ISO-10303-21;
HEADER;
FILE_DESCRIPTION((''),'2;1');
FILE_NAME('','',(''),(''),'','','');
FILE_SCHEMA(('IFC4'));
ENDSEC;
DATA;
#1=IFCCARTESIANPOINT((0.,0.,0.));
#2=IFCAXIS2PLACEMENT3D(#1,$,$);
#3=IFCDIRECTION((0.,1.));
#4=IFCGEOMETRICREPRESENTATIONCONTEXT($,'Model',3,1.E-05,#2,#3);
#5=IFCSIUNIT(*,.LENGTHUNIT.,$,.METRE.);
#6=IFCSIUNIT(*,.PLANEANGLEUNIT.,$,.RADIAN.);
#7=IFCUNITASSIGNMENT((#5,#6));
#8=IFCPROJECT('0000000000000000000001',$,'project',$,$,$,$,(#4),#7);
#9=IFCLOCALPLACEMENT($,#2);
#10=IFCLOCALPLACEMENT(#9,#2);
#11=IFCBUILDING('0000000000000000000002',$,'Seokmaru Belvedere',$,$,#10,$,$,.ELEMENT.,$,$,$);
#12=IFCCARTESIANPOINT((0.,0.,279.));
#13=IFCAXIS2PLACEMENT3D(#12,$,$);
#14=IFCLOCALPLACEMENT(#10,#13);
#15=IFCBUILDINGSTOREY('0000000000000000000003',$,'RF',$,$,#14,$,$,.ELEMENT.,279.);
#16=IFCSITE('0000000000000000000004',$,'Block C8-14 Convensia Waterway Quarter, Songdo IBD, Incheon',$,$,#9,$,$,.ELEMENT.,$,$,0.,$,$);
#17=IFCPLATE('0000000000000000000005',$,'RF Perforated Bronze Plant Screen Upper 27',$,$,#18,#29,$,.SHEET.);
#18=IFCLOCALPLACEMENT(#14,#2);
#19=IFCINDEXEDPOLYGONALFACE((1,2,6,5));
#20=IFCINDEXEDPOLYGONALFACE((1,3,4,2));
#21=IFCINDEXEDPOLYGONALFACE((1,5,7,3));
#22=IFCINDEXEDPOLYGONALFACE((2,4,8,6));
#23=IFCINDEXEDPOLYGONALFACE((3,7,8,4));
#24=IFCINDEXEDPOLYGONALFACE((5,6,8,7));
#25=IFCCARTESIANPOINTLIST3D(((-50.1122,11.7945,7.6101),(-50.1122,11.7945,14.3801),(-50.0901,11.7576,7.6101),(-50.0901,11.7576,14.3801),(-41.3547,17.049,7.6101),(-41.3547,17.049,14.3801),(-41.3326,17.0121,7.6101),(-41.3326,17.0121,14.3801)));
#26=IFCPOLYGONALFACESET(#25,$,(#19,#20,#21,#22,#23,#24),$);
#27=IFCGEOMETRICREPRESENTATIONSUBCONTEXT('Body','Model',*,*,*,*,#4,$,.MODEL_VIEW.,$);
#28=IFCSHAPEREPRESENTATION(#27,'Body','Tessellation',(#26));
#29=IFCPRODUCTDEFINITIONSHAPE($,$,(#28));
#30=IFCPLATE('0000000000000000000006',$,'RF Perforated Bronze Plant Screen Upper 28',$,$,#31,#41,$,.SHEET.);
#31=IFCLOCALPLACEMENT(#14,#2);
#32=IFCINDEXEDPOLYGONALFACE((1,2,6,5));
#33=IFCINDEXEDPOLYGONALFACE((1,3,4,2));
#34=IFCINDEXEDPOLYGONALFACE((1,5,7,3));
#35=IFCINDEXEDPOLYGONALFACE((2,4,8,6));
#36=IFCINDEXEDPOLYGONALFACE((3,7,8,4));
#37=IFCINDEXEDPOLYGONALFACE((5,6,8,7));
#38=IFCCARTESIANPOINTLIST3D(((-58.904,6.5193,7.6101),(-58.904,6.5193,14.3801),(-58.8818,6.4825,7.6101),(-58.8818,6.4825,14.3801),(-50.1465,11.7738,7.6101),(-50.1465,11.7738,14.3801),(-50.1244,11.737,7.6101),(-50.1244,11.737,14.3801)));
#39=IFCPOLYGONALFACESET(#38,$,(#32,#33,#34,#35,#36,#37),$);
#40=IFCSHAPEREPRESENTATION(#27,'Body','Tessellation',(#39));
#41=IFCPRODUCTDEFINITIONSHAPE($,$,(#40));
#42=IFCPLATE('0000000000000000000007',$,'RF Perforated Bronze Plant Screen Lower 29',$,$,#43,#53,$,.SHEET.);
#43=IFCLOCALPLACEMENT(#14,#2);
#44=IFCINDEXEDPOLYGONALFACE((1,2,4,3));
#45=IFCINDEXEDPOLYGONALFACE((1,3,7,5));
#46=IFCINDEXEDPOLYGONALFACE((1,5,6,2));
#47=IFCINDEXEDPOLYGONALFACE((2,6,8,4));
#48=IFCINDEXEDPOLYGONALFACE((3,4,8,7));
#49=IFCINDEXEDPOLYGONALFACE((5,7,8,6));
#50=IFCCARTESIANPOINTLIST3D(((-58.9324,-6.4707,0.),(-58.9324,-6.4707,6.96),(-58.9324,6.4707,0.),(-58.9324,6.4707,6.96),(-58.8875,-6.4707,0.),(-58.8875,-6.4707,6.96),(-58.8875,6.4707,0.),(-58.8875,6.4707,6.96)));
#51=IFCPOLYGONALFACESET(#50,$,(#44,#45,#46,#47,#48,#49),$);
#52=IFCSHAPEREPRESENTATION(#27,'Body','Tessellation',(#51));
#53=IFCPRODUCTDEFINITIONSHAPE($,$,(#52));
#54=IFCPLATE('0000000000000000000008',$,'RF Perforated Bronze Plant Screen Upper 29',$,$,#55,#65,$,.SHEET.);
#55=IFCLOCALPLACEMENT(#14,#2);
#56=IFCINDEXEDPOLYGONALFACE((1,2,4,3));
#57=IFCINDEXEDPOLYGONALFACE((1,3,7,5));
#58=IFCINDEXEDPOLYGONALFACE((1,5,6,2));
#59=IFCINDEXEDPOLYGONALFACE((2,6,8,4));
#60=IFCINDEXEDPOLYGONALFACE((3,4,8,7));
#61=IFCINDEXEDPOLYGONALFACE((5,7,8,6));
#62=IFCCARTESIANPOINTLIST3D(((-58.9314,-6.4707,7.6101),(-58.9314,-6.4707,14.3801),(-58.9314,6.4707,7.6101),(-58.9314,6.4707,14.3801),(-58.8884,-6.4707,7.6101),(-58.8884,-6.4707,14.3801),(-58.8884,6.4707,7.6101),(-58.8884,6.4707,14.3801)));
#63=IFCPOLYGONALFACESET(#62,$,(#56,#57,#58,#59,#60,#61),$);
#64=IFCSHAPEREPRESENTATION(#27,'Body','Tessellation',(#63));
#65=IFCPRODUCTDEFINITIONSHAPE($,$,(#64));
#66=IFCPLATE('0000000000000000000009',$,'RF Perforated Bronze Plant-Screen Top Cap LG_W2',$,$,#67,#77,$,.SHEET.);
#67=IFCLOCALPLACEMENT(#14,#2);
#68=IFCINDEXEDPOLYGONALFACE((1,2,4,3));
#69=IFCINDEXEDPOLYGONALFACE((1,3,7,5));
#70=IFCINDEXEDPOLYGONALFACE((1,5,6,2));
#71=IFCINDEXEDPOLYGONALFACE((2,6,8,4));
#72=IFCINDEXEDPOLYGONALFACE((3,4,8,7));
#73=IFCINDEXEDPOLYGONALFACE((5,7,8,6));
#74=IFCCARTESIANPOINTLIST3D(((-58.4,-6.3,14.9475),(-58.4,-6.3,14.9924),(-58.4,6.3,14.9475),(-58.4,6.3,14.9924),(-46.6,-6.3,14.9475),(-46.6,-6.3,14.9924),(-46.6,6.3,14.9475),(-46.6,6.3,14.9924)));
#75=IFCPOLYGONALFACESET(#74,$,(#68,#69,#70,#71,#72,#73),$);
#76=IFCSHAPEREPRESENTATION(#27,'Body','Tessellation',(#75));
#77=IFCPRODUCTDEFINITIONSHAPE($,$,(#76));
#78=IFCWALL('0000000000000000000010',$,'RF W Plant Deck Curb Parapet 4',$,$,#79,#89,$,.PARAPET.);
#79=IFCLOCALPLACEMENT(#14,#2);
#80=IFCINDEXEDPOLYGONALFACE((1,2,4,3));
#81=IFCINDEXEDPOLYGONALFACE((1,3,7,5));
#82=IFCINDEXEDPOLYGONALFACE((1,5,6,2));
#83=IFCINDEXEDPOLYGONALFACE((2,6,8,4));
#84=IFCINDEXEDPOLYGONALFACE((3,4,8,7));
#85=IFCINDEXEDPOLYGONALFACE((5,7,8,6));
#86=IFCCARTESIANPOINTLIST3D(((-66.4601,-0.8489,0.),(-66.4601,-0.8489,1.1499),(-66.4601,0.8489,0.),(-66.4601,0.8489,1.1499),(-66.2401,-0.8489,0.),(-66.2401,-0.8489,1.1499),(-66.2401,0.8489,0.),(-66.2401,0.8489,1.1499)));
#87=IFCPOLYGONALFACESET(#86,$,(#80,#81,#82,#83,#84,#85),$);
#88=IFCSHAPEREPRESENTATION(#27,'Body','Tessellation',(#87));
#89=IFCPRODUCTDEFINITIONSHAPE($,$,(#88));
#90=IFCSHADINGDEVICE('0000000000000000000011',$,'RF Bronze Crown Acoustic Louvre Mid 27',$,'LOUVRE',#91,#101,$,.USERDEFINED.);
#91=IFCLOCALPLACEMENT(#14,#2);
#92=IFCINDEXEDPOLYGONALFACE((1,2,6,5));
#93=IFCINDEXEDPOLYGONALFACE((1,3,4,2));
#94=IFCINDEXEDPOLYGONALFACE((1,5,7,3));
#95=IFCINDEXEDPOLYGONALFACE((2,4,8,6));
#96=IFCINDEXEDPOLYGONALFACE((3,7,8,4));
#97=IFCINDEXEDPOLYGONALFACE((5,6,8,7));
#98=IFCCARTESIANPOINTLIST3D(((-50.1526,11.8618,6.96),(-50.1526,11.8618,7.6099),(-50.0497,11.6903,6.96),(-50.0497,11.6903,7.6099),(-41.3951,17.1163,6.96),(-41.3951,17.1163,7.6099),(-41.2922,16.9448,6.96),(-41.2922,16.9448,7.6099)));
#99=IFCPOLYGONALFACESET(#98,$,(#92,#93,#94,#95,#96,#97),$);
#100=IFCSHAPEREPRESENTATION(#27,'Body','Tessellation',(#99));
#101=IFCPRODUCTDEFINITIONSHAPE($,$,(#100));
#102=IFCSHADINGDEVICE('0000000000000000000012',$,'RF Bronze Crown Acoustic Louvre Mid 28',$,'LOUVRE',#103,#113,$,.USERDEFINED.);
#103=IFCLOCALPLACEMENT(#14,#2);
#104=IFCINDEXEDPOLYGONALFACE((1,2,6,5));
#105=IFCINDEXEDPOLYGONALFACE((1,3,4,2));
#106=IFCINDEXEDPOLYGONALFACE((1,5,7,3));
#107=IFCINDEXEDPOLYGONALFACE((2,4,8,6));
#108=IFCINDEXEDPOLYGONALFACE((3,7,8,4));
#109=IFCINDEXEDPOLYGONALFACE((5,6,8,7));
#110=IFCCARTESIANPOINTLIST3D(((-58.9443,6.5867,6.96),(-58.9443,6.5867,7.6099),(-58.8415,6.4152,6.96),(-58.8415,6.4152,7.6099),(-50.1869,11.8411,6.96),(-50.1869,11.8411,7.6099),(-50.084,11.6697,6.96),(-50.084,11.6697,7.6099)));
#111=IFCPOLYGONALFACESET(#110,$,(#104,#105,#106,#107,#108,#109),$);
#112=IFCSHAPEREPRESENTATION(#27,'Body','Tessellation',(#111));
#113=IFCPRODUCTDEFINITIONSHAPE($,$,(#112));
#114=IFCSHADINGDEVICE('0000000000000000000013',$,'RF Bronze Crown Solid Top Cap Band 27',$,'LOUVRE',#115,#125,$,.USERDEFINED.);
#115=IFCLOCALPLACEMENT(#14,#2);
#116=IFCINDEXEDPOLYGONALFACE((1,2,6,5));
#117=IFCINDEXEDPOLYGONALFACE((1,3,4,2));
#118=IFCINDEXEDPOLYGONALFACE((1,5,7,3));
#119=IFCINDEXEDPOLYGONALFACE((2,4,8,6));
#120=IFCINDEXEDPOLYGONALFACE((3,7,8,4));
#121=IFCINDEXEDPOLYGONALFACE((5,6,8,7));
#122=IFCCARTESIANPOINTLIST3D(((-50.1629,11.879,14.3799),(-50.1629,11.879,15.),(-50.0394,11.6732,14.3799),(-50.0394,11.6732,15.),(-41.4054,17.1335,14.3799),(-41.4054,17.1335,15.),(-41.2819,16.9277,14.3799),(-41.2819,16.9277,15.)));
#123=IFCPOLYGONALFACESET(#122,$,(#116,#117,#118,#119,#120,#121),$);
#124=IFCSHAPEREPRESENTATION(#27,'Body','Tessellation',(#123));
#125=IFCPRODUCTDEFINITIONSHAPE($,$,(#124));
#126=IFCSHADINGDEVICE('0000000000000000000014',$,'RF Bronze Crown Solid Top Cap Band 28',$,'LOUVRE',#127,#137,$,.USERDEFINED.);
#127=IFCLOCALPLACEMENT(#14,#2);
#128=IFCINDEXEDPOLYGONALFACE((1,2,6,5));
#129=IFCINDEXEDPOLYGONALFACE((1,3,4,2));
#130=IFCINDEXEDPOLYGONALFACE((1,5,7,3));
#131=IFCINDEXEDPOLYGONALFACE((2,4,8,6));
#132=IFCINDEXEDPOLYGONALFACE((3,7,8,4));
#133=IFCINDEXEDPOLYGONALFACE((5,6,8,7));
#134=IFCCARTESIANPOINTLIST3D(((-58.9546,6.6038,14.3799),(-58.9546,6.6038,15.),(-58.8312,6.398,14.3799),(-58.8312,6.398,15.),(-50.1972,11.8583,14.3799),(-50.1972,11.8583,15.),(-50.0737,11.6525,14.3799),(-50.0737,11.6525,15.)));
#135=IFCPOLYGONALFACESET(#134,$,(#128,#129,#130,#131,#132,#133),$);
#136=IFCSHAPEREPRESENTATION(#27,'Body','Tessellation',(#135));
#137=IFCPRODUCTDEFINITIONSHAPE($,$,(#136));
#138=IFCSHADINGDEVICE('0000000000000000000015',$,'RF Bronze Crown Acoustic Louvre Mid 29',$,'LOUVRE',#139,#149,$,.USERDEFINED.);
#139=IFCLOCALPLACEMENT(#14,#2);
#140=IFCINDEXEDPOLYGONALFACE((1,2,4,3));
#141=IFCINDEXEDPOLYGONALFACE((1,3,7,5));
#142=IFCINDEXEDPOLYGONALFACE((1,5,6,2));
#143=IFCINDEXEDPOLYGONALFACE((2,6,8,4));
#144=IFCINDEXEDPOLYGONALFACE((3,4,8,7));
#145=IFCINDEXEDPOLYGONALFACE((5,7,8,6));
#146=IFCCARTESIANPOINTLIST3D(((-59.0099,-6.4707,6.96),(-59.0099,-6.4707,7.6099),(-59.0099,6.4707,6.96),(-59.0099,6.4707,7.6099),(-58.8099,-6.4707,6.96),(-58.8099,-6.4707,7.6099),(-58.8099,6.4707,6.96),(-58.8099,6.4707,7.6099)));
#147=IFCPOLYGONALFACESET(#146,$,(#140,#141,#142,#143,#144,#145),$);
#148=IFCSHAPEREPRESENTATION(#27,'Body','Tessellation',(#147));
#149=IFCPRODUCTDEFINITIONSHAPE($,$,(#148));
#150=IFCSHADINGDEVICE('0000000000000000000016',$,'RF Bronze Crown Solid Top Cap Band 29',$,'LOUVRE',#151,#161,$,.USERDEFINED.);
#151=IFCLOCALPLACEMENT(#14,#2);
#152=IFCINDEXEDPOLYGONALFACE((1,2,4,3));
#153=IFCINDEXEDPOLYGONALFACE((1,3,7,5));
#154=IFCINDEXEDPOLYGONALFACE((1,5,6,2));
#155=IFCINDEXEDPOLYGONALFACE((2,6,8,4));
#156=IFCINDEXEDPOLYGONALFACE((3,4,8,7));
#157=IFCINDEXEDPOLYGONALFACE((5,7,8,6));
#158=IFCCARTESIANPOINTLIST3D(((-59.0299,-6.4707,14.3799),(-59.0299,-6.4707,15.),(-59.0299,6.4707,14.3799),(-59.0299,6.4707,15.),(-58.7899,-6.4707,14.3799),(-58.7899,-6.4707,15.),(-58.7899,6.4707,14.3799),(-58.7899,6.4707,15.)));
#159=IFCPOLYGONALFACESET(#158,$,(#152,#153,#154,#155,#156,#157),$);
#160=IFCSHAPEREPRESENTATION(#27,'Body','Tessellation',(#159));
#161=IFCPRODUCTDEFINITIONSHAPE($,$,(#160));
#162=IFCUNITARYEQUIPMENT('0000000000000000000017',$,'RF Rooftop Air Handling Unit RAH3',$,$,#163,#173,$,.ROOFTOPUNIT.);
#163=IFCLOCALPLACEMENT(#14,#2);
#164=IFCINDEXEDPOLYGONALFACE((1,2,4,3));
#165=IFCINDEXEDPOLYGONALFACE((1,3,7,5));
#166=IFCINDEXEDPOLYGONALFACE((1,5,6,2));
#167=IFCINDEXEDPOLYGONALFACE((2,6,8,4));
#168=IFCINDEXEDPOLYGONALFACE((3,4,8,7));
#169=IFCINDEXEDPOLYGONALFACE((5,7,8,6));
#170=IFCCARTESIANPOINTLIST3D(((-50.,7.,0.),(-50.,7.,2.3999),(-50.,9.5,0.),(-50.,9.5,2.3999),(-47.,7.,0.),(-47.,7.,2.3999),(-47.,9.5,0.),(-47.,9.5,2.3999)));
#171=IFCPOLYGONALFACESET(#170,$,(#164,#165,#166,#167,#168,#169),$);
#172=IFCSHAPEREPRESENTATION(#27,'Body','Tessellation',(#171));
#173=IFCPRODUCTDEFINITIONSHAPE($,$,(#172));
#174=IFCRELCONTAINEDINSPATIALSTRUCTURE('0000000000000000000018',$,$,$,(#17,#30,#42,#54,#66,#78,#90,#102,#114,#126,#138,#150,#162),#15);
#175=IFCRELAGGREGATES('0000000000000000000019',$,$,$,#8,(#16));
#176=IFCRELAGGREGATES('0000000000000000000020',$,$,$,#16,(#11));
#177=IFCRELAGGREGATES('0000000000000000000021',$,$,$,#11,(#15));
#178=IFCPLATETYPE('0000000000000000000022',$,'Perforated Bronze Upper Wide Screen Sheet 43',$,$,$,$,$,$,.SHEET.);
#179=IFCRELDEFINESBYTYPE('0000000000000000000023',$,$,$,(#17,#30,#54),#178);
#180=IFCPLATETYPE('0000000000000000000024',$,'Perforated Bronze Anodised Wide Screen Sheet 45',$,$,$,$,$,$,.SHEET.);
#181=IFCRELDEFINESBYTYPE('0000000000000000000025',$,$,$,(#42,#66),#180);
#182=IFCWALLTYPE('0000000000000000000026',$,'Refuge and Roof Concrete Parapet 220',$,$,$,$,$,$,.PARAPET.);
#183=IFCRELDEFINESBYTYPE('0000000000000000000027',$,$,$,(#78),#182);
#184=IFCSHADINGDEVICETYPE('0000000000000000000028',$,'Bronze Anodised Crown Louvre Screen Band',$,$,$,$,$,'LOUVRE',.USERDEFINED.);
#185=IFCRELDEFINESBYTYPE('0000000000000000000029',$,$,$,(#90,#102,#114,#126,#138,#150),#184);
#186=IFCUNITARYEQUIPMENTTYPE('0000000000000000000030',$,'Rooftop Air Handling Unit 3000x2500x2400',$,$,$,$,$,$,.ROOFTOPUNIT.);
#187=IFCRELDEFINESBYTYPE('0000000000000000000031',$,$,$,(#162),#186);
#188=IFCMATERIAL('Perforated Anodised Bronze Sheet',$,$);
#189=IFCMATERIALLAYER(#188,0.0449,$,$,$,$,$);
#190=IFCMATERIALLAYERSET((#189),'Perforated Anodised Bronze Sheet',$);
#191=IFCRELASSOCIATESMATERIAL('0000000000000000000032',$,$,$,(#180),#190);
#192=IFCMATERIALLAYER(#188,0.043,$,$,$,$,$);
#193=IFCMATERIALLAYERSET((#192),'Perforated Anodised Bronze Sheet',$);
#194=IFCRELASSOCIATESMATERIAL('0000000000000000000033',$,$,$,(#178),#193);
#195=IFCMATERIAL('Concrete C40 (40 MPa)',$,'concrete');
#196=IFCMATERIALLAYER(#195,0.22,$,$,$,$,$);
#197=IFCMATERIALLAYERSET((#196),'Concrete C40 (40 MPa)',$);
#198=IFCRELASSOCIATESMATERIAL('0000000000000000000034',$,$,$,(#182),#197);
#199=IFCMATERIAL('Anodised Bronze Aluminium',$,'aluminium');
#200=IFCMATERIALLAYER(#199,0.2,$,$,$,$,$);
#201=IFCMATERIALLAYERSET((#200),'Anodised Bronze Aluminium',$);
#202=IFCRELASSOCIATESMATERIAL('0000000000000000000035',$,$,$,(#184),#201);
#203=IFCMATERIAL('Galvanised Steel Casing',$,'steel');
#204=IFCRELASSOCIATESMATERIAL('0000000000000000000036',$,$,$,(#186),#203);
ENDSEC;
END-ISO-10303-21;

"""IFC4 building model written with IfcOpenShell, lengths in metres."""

from ifc_helpers import new_model, si_unit, direction, frame, frame_2d, origin, origin_2d, place, context, subcontext, project, spatial, rectangle, extrude, source, transform, mapped, material, layer, layer_set, type_object, type_shapes, element, save


model = new_model("IFC4")

# Units and contexts
model_context = context("Model", 3, precision=1e-05, world=origin(), true_north=direction((0.0, 1.0)))
body_context = subcontext(model_context, "Body", "Model", "MODEL_VIEW")
ifc_project = project(units=[si_unit("LENGTHUNIT", "METRE"), si_unit("PLANEANGLEUNIT", "RADIAN")], contexts=[model_context])

# Site, building, storey
site_placement = place(None, origin())
site = spatial("IfcSite", under=ifc_project, at=site_placement, Name="Block C8-14 Convensia Waterway Quarter, Songdo IBD, Incheon", CompositionType="ELEMENT", RefElevation=0.0)
building_placement = place(site_placement, origin())
building = spatial("IfcBuilding", under=site, at=building_placement, Name="Seokmaru Belvedere", CompositionType="ELEMENT")
storey_placement = place(building_placement, frame((0.0, 0.0, 279.0)))
storey = spatial("IfcBuildingStorey", under=building, at=storey_placement, Name="RF", CompositionType="ELEMENT", Elevation=279.0)

# Plates
ifc_material_1 = material(Name="Perforated Anodised Bronze Sheet")
ifc_layer_1 = layer(ifc_material_1, 0.0449)
ifc_layer_set_1 = layer_set([ifc_layer_1], Name="Perforated Anodised Bronze Sheet")
plate_type_1 = type_object("IfcPlateType", Name="Perforated Bronze Anodised Wide Screen Sheet 45", PredefinedType="SHEET", material=ifc_layer_set_1)
ifc_layer_2 = layer(ifc_material_1, 0.043)
ifc_layer_set_2 = layer_set([ifc_layer_2], Name="Perforated Anodised Bronze Sheet")
plate_type_2 = type_object("IfcPlateType", Name="Perforated Bronze Upper Wide Screen Sheet 43", PredefinedType="SHEET", material=ifc_layer_set_2)
shared_shape_1 = source(origin(), body_context, "Body", "SweptSolid", [
    extrude(rectangle(XDim=10.2129, YDim=0.043, at=origin_2d()), origin(), (0.0, 0.0, 1.0), 6.77),
])
for number, where, z_axis, x_axis, name in (
    (1, (-45.7224, 14.4033, 7.6101), (0.0, 0.0, 1.0), (-0.857493, -0.514496, 0.0), "RF Perforated Bronze Plant Screen Upper 27"),
    (2, (-54.5142, 9.1282, 7.6101), (0.0, 0.0, 1.0), (-0.857493, -0.514496, 0.0), "RF Perforated Bronze Plant Screen Upper 28"),
):
    element("IfcPlate", number, at=place(storey_placement, frame(where, z_axis=z_axis, x_axis=x_axis)), inside=storey, type_object=plate_type_2, Name=name, PredefinedType="SHEET", context=body_context, shape_type="MappedRepresentation", body=[
        mapped(shared_shape_1, transform((0.0, 0.0, 0.0), scale=1.0)),
    ])
shared_shape_2 = source(origin(), body_context, "Body", "SweptSolid", [
    extrude(rectangle(XDim=12.9414, YDim=0.0449, at=origin_2d()), origin(), (0.0, 0.0, 1.0), 6.96),
])
plate_1_placement = place(storey_placement, frame((-58.9099, 0.0, 0.0), z_axis=(0.0, 0.0, 1.0), x_axis=(0.0, -1.0, 0.0)))
element("IfcPlate", 3, at=plate_1_placement, inside=storey, type_object=plate_type_1, Name="RF Perforated Bronze Plant Screen Lower 29", PredefinedType="SHEET", context=body_context, shape_type="MappedRepresentation", body=[
    mapped(shared_shape_2, transform((0.0, 0.0, 0.0), scale=1.0)),
])
shared_shape_3 = source(origin(), body_context, "Body", "SweptSolid", [
    extrude(rectangle(XDim=12.9414, YDim=0.043, at=origin_2d()), origin(), (0.0, 0.0, 1.0), 6.77),
])
type_shapes(plate_type_2, [shared_shape_1, shared_shape_3])
plate_2_placement = place(storey_placement, frame((-58.9099, 0.0, 7.6101), z_axis=(0.0, 0.0, 1.0), x_axis=(0.0, -1.0, 0.0)))
element("IfcPlate", 4, at=plate_2_placement, inside=storey, type_object=plate_type_2, Name="RF Perforated Bronze Plant Screen Upper 29", PredefinedType="SHEET", context=body_context, shape_type="MappedRepresentation", body=[
    mapped(shared_shape_3, transform((0.0, 0.0, 0.0), scale=1.0)),
])
shared_shape_4 = source(origin(), body_context, "Body", "SweptSolid", [
    extrude(rectangle(XDim=11.8, YDim=12.6001, at=origin_2d()), origin(), (0.0, 0.0, 1.0), 0.0449),
])
plate_3_placement = place(storey_placement, frame((-52.5, 0.0, 14.9475), z_axis=(0.0, 0.0, 1.0), x_axis=(1.0, 0.0, 0.0)))
element("IfcPlate", 5, at=plate_3_placement, inside=storey, type_object=plate_type_1, Name="RF Perforated Bronze Plant-Screen Top Cap LG_W2", PredefinedType="SHEET", context=body_context, shape_type="MappedRepresentation", body=[
    mapped(shared_shape_4, transform((0.0, 0.0, 0.0), scale=1.0)),
])

# Wall
ifc_material_2 = material(Name="Concrete C40 (40 MPa)", Category="concrete")
ifc_layer_3 = layer(ifc_material_2, 0.22)
ifc_layer_set_3 = layer_set([ifc_layer_3], Name="Concrete C40 (40 MPa)")
wall_type = type_object("IfcWallType", Name="Refuge and Roof Concrete Parapet 220", PredefinedType="PARAPET", material=ifc_layer_set_3)
wall_placement = place(storey_placement, frame((-66.3501, 0.8489, 0.0), z_axis=(0.0, 0.0, 1.0), x_axis=(0.0, -1.0, 0.0)))
element("IfcWall", 6, at=wall_placement, inside=storey, type_object=wall_type, Name="RF W Plant Deck Curb Parapet 4", PredefinedType="PARAPET", context=body_context, shape_type="SweptSolid", body=[
    extrude(rectangle(XDim=1.6978, YDim=0.22, at=frame_2d((0.8489, 0.0))), origin(), (0.0, 0.0, 1.0), 1.1499),
])

# Shading devices
ifc_material_3 = material(Name="Anodised Bronze Aluminium", Category="aluminium")
ifc_layer_4 = layer(ifc_material_3, 0.2)
ifc_layer_set_4 = layer_set([ifc_layer_4], Name="Anodised Bronze Aluminium")
shading_device_type = type_object("IfcShadingDeviceType", Name="Bronze Anodised Crown Louvre Screen Band", ElementType="LOUVRE", PredefinedType="USERDEFINED", material=ifc_layer_set_4)
shared_shape_5 = source(origin(), body_context, "Body", "SweptSolid", [
    extrude(rectangle(XDim=10.2129, YDim=0.2, at=origin_2d()), origin(), (0.0, 0.0, 1.0), 0.6499),
])
for number, where, z_axis, x_axis, name in (
    (7, (-45.7224, 14.4033, 6.96), (0.0, 0.0, 1.0), (-0.857493, -0.514496, 0.0), "RF Bronze Crown Acoustic Louvre Mid 27"),
    (8, (-54.5142, 9.1282, 6.96), (0.0, 0.0, 1.0), (-0.857493, -0.514496, 0.0), "RF Bronze Crown Acoustic Louvre Mid 28"),
):
    element("IfcShadingDevice", number, at=place(storey_placement, frame(where, z_axis=z_axis, x_axis=x_axis)), inside=storey, type_object=shading_device_type, Name=name, ObjectType="LOUVRE", PredefinedType="USERDEFINED", context=body_context, shape_type="MappedRepresentation", body=[
        mapped(shared_shape_5, transform((0.0, 0.0, 0.0), scale=1.0)),
    ])
shared_shape_6 = source(origin(), body_context, "Body", "SweptSolid", [
    extrude(rectangle(XDim=10.2129, YDim=0.24, at=origin_2d()), origin(), (0.0, 0.0, 1.0), 0.6201),
])
for number, where, z_axis, x_axis, name in (
    (9, (-45.7224, 14.4033, 14.3799), (0.0, 0.0, 1.0), (-0.857493, -0.514496, 0.0), "RF Bronze Crown Solid Top Cap Band 27"),
    (10, (-54.5142, 9.1282, 14.3799), (0.0, 0.0, 1.0), (-0.857493, -0.514496, 0.0), "RF Bronze Crown Solid Top Cap Band 28"),
):
    element("IfcShadingDevice", number, at=place(storey_placement, frame(where, z_axis=z_axis, x_axis=x_axis)), inside=storey, type_object=shading_device_type, Name=name, ObjectType="LOUVRE", PredefinedType="USERDEFINED", context=body_context, shape_type="MappedRepresentation", body=[
        mapped(shared_shape_6, transform((0.0, 0.0, 0.0), scale=1.0)),
    ])
shared_shape_7 = source(origin(), body_context, "Body", "SweptSolid", [
    extrude(rectangle(XDim=12.9414, YDim=0.2, at=origin_2d()), origin(), (0.0, 0.0, 1.0), 0.6499),
])
shading_device_1_placement = place(storey_placement, frame((-58.9099, 0.0, 6.96), z_axis=(0.0, 0.0, 1.0), x_axis=(0.0, -1.0, 0.0)))
element("IfcShadingDevice", 11, at=shading_device_1_placement, inside=storey, type_object=shading_device_type, Name="RF Bronze Crown Acoustic Louvre Mid 29", ObjectType="LOUVRE", PredefinedType="USERDEFINED", context=body_context, shape_type="MappedRepresentation", body=[
    mapped(shared_shape_7, transform((0.0, 0.0, 0.0), scale=1.0)),
])
shared_shape_8 = source(origin(), body_context, "Body", "SweptSolid", [
    extrude(rectangle(XDim=12.9414, YDim=0.24, at=origin_2d()), origin(), (0.0, 0.0, 1.0), 0.6201),
])
type_shapes(shading_device_type, [shared_shape_5, shared_shape_6, shared_shape_7, shared_shape_8])
shading_device_2_placement = place(storey_placement, frame((-58.9099, 0.0, 14.3799), z_axis=(0.0, 0.0, 1.0), x_axis=(0.0, -1.0, 0.0)))
element("IfcShadingDevice", 12, at=shading_device_2_placement, inside=storey, type_object=shading_device_type, Name="RF Bronze Crown Solid Top Cap Band 29", ObjectType="LOUVRE", PredefinedType="USERDEFINED", context=body_context, shape_type="MappedRepresentation", body=[
    mapped(shared_shape_8, transform((0.0, 0.0, 0.0), scale=1.0)),
])

# Unitary equipment
ifc_material_4 = material(Name="Galvanised Steel Casing", Category="steel")
unitary_equipment_type = type_object("IfcUnitaryEquipmentType", Name="Rooftop Air Handling Unit 3000x2500x2400", PredefinedType="ROOFTOPUNIT", material=ifc_material_4)
shared_shape_9 = source(origin(), body_context, "Body", "SweptSolid", [
    extrude(rectangle(XDim=3.0, YDim=2.5, at=origin_2d()), origin(), (0.0, 0.0, 1.0), 2.3999),
])
type_shapes(unitary_equipment_type, [shared_shape_9])
unitary_equipment_placement = place(storey_placement, frame((-48.5, 8.25, 0.0), z_axis=(0.0, 0.0, 1.0), x_axis=(1.0, 0.0, 0.0)))
element("IfcUnitaryEquipment", 13, at=unitary_equipment_placement, inside=storey, type_object=unitary_equipment_type, Name="RF Rooftop Air Handling Unit RAH3", PredefinedType="ROOFTOPUNIT", context=body_context, shape_type="MappedRepresentation", body=[
    mapped(shared_shape_9, transform((0.0, 0.0, 0.0), scale=1.0)),
])

save(model, "model.ifc")
